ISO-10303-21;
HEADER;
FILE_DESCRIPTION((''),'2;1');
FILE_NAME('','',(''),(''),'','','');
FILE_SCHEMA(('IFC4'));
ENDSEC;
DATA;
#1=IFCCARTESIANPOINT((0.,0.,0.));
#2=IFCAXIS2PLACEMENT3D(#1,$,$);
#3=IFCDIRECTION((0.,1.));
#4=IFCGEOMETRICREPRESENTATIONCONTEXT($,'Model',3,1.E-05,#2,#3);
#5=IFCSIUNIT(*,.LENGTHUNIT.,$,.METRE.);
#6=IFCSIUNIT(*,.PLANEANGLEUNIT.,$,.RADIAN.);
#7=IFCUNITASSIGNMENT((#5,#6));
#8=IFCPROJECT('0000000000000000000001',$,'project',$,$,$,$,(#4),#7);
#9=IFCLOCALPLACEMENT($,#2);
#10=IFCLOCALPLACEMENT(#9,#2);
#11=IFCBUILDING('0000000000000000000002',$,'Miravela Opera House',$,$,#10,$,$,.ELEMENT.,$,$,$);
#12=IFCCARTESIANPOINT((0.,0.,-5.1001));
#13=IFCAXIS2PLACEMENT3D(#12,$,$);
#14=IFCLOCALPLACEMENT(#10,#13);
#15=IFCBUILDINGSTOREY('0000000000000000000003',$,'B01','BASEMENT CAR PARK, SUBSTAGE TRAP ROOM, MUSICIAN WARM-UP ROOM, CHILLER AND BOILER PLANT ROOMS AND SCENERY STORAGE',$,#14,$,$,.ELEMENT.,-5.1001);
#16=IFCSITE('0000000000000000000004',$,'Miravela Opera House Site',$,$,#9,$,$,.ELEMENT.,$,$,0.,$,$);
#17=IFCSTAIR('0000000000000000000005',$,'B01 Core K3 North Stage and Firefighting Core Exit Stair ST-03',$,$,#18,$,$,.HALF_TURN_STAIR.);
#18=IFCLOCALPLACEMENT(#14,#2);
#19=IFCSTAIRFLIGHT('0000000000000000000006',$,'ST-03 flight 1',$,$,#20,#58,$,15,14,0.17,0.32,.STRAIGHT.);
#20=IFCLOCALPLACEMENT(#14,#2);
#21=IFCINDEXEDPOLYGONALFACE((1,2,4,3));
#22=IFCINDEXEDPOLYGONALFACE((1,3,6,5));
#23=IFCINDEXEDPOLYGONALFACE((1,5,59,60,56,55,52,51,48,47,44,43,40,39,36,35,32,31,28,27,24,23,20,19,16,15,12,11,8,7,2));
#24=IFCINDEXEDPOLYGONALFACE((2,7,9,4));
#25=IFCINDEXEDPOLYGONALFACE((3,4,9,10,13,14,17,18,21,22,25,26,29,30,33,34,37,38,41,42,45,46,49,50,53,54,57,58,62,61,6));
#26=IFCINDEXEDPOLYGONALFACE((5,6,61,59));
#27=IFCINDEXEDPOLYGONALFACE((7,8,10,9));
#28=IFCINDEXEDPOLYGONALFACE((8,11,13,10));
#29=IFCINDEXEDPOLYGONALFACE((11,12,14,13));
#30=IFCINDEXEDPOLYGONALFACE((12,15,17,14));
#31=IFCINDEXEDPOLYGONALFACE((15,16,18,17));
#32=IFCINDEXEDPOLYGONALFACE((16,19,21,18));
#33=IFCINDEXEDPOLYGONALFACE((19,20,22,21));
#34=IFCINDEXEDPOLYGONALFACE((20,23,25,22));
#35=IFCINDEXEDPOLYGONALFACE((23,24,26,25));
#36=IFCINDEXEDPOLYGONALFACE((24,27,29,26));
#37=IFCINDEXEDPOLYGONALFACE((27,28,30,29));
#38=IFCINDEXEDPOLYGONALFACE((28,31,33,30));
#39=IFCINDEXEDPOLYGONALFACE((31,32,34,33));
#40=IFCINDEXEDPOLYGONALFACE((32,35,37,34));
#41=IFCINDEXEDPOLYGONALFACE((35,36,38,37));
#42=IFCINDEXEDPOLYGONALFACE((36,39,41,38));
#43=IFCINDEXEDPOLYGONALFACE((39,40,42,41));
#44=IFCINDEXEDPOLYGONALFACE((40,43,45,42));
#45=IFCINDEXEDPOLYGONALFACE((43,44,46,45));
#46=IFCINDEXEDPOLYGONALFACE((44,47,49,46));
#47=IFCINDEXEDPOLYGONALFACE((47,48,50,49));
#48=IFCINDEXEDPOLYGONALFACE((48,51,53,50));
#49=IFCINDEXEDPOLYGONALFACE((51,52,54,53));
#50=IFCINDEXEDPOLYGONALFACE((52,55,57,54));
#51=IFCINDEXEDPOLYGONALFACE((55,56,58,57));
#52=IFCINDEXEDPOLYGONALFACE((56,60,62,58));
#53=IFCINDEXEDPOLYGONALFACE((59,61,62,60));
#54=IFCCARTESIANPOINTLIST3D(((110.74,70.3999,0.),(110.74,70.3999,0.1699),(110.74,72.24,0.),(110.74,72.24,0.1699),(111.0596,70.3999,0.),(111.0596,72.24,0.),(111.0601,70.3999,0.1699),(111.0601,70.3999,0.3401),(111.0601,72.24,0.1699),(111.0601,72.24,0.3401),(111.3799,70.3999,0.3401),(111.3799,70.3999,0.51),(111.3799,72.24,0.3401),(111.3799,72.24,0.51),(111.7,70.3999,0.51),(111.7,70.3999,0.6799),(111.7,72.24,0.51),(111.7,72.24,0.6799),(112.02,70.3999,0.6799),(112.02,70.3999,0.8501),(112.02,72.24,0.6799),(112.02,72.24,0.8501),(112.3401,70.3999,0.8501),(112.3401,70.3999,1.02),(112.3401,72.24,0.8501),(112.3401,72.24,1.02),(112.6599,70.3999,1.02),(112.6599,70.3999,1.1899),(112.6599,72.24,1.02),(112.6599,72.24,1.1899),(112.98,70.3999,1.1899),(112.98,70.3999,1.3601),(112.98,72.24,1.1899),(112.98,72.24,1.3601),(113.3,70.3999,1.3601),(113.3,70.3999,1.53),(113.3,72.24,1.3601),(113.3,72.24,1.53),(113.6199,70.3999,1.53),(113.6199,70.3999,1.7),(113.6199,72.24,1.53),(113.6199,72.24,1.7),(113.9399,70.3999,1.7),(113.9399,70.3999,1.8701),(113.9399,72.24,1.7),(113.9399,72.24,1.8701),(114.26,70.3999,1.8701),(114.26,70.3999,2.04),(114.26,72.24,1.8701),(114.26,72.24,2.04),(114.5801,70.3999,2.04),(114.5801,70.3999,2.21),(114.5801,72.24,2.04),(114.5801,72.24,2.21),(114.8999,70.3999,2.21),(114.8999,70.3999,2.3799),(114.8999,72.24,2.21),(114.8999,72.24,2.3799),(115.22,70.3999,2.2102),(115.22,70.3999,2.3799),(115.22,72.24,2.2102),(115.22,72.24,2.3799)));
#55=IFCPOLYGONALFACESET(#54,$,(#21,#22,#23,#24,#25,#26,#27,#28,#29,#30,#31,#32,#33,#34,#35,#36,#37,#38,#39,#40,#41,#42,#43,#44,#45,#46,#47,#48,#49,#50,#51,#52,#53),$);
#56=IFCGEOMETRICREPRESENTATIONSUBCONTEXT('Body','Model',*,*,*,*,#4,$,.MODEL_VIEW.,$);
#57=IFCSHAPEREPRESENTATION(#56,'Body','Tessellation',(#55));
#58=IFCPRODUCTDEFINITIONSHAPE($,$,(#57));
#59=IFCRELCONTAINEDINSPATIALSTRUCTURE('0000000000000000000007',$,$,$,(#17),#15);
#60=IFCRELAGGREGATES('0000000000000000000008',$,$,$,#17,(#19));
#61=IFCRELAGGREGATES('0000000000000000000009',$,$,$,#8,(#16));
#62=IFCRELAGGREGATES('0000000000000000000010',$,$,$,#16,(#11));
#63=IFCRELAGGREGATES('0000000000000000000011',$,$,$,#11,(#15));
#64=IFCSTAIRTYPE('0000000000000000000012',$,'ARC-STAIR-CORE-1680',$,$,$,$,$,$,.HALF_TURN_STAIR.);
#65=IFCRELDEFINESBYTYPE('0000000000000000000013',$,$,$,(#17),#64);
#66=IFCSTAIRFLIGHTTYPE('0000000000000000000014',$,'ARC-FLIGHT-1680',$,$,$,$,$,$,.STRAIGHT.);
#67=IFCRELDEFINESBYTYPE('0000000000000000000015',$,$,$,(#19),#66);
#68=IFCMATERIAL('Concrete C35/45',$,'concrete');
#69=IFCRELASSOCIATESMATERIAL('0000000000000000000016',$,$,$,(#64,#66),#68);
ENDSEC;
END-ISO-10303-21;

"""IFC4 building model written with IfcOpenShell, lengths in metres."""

from ifc_helpers import new_model, si_unit, direction, frame, origin, place, context, subcontext, project, spatial, polyline, outline, extrude, material, type_object, element, aggregate, save


model = new_model("IFC4")

# Units and contexts
model_context = context("Model", 3, precision=1e-05, world=origin(), true_north=direction((0.0, 1.0)))
body_context = subcontext(model_context, "Body", "Model", "MODEL_VIEW")
ifc_project = project(units=[si_unit("LENGTHUNIT", "METRE"), si_unit("PLANEANGLEUNIT", "RADIAN")], contexts=[model_context])

# Site, building, storey
site_placement = place(None, origin())
site = spatial("IfcSite", under=ifc_project, at=site_placement, Name="Miravela Opera House Site", CompositionType="ELEMENT", RefElevation=0.0)
building_placement = place(site_placement, origin())
building = spatial("IfcBuilding", under=site, at=building_placement, Name="Miravela Opera House", CompositionType="ELEMENT")
storey_placement = place(building_placement, frame((0.0, 0.0, -5.1001)))
storey = spatial("IfcBuildingStorey", under=building, at=storey_placement, Name="B01", Description="BASEMENT CAR PARK, SUBSTAGE TRAP ROOM, MUSICIAN WARM-UP ROOM, CHILLER AND BOILER PLANT ROOMS AND SCENERY STORAGE", CompositionType="ELEMENT", Elevation=-5.1001)

# Shared definitions
ifc_material_1 = material(Name="Concrete C35/45", Category="concrete")

# Stair, stair flight
stair_type = type_object("IfcStairType", Name="ARC-STAIR-CORE-1680", PredefinedType="HALF_TURN_STAIR", material=ifc_material_1)
stair_placement = place(storey_placement, origin())
stair = element("IfcStair", 1, at=stair_placement, inside=storey, type_object=stair_type, Name="B01 Core K3 North Stage and Firefighting Core Exit Stair ST-03", PredefinedType="HALF_TURN_STAIR")
stair_flight_type = type_object("IfcStairFlightType", Name="ARC-FLIGHT-1680", PredefinedType="STRAIGHT", material=ifc_material_1)
stair_flight_placement = place(storey_placement, frame((110.74, 71.3201, 0.0), z_axis=(0.0, 0.0, 1.0), x_axis=(1.0, 0.0, 0.0)))
stair_flight = element("IfcStairFlight", 2, at=stair_flight_placement, type_object=stair_flight_type, Name="ST-03 flight 1", NumberOfRisers=15, NumberOfTreads=14, PredefinedType="STRAIGHT", RiserHeight=0.17, TreadLength=0.32, context=body_context, shape_type="SweptSolid", body=[
    extrude(outline(polyline([(0.0, 0.0), (0.0, 0.1699), (0.3201, 0.1699), (0.3201, 0.3401), (0.6399, 0.3401), (0.6399, 0.51), (0.96, 0.51), (0.96, 0.6799), (1.28, 0.6799), (1.28, 0.8501), (1.6001, 0.8501), (1.6001, 1.02), (1.9199, 1.02), (1.9199, 1.1899), (2.24, 1.1899), (2.24, 1.3601), (2.5601, 1.3601), (2.5601, 1.53), (2.8799, 1.53), (2.8799, 1.7), (3.2, 1.7), (3.2, 1.8701), (3.52, 1.8701), (3.52, 2.04), (3.8401, 2.04), (3.8401, 2.21), (4.1599, 2.21), (4.1599, 2.3799), (4.48, 2.3799), (4.48, 2.55), (4.48, 2.2102), (0.3196, 0.0), (0.0, 0.0)])), frame((0.0, 0.9199, 0.0), z_axis=(0.0, -1.0, 0.0), x_axis=(1.0, 0.0, 0.0)), (0.0, 0.0, 1.0), 1.8401),
])
aggregate(stair, [stair_flight])

save(model, "model.ifc")
